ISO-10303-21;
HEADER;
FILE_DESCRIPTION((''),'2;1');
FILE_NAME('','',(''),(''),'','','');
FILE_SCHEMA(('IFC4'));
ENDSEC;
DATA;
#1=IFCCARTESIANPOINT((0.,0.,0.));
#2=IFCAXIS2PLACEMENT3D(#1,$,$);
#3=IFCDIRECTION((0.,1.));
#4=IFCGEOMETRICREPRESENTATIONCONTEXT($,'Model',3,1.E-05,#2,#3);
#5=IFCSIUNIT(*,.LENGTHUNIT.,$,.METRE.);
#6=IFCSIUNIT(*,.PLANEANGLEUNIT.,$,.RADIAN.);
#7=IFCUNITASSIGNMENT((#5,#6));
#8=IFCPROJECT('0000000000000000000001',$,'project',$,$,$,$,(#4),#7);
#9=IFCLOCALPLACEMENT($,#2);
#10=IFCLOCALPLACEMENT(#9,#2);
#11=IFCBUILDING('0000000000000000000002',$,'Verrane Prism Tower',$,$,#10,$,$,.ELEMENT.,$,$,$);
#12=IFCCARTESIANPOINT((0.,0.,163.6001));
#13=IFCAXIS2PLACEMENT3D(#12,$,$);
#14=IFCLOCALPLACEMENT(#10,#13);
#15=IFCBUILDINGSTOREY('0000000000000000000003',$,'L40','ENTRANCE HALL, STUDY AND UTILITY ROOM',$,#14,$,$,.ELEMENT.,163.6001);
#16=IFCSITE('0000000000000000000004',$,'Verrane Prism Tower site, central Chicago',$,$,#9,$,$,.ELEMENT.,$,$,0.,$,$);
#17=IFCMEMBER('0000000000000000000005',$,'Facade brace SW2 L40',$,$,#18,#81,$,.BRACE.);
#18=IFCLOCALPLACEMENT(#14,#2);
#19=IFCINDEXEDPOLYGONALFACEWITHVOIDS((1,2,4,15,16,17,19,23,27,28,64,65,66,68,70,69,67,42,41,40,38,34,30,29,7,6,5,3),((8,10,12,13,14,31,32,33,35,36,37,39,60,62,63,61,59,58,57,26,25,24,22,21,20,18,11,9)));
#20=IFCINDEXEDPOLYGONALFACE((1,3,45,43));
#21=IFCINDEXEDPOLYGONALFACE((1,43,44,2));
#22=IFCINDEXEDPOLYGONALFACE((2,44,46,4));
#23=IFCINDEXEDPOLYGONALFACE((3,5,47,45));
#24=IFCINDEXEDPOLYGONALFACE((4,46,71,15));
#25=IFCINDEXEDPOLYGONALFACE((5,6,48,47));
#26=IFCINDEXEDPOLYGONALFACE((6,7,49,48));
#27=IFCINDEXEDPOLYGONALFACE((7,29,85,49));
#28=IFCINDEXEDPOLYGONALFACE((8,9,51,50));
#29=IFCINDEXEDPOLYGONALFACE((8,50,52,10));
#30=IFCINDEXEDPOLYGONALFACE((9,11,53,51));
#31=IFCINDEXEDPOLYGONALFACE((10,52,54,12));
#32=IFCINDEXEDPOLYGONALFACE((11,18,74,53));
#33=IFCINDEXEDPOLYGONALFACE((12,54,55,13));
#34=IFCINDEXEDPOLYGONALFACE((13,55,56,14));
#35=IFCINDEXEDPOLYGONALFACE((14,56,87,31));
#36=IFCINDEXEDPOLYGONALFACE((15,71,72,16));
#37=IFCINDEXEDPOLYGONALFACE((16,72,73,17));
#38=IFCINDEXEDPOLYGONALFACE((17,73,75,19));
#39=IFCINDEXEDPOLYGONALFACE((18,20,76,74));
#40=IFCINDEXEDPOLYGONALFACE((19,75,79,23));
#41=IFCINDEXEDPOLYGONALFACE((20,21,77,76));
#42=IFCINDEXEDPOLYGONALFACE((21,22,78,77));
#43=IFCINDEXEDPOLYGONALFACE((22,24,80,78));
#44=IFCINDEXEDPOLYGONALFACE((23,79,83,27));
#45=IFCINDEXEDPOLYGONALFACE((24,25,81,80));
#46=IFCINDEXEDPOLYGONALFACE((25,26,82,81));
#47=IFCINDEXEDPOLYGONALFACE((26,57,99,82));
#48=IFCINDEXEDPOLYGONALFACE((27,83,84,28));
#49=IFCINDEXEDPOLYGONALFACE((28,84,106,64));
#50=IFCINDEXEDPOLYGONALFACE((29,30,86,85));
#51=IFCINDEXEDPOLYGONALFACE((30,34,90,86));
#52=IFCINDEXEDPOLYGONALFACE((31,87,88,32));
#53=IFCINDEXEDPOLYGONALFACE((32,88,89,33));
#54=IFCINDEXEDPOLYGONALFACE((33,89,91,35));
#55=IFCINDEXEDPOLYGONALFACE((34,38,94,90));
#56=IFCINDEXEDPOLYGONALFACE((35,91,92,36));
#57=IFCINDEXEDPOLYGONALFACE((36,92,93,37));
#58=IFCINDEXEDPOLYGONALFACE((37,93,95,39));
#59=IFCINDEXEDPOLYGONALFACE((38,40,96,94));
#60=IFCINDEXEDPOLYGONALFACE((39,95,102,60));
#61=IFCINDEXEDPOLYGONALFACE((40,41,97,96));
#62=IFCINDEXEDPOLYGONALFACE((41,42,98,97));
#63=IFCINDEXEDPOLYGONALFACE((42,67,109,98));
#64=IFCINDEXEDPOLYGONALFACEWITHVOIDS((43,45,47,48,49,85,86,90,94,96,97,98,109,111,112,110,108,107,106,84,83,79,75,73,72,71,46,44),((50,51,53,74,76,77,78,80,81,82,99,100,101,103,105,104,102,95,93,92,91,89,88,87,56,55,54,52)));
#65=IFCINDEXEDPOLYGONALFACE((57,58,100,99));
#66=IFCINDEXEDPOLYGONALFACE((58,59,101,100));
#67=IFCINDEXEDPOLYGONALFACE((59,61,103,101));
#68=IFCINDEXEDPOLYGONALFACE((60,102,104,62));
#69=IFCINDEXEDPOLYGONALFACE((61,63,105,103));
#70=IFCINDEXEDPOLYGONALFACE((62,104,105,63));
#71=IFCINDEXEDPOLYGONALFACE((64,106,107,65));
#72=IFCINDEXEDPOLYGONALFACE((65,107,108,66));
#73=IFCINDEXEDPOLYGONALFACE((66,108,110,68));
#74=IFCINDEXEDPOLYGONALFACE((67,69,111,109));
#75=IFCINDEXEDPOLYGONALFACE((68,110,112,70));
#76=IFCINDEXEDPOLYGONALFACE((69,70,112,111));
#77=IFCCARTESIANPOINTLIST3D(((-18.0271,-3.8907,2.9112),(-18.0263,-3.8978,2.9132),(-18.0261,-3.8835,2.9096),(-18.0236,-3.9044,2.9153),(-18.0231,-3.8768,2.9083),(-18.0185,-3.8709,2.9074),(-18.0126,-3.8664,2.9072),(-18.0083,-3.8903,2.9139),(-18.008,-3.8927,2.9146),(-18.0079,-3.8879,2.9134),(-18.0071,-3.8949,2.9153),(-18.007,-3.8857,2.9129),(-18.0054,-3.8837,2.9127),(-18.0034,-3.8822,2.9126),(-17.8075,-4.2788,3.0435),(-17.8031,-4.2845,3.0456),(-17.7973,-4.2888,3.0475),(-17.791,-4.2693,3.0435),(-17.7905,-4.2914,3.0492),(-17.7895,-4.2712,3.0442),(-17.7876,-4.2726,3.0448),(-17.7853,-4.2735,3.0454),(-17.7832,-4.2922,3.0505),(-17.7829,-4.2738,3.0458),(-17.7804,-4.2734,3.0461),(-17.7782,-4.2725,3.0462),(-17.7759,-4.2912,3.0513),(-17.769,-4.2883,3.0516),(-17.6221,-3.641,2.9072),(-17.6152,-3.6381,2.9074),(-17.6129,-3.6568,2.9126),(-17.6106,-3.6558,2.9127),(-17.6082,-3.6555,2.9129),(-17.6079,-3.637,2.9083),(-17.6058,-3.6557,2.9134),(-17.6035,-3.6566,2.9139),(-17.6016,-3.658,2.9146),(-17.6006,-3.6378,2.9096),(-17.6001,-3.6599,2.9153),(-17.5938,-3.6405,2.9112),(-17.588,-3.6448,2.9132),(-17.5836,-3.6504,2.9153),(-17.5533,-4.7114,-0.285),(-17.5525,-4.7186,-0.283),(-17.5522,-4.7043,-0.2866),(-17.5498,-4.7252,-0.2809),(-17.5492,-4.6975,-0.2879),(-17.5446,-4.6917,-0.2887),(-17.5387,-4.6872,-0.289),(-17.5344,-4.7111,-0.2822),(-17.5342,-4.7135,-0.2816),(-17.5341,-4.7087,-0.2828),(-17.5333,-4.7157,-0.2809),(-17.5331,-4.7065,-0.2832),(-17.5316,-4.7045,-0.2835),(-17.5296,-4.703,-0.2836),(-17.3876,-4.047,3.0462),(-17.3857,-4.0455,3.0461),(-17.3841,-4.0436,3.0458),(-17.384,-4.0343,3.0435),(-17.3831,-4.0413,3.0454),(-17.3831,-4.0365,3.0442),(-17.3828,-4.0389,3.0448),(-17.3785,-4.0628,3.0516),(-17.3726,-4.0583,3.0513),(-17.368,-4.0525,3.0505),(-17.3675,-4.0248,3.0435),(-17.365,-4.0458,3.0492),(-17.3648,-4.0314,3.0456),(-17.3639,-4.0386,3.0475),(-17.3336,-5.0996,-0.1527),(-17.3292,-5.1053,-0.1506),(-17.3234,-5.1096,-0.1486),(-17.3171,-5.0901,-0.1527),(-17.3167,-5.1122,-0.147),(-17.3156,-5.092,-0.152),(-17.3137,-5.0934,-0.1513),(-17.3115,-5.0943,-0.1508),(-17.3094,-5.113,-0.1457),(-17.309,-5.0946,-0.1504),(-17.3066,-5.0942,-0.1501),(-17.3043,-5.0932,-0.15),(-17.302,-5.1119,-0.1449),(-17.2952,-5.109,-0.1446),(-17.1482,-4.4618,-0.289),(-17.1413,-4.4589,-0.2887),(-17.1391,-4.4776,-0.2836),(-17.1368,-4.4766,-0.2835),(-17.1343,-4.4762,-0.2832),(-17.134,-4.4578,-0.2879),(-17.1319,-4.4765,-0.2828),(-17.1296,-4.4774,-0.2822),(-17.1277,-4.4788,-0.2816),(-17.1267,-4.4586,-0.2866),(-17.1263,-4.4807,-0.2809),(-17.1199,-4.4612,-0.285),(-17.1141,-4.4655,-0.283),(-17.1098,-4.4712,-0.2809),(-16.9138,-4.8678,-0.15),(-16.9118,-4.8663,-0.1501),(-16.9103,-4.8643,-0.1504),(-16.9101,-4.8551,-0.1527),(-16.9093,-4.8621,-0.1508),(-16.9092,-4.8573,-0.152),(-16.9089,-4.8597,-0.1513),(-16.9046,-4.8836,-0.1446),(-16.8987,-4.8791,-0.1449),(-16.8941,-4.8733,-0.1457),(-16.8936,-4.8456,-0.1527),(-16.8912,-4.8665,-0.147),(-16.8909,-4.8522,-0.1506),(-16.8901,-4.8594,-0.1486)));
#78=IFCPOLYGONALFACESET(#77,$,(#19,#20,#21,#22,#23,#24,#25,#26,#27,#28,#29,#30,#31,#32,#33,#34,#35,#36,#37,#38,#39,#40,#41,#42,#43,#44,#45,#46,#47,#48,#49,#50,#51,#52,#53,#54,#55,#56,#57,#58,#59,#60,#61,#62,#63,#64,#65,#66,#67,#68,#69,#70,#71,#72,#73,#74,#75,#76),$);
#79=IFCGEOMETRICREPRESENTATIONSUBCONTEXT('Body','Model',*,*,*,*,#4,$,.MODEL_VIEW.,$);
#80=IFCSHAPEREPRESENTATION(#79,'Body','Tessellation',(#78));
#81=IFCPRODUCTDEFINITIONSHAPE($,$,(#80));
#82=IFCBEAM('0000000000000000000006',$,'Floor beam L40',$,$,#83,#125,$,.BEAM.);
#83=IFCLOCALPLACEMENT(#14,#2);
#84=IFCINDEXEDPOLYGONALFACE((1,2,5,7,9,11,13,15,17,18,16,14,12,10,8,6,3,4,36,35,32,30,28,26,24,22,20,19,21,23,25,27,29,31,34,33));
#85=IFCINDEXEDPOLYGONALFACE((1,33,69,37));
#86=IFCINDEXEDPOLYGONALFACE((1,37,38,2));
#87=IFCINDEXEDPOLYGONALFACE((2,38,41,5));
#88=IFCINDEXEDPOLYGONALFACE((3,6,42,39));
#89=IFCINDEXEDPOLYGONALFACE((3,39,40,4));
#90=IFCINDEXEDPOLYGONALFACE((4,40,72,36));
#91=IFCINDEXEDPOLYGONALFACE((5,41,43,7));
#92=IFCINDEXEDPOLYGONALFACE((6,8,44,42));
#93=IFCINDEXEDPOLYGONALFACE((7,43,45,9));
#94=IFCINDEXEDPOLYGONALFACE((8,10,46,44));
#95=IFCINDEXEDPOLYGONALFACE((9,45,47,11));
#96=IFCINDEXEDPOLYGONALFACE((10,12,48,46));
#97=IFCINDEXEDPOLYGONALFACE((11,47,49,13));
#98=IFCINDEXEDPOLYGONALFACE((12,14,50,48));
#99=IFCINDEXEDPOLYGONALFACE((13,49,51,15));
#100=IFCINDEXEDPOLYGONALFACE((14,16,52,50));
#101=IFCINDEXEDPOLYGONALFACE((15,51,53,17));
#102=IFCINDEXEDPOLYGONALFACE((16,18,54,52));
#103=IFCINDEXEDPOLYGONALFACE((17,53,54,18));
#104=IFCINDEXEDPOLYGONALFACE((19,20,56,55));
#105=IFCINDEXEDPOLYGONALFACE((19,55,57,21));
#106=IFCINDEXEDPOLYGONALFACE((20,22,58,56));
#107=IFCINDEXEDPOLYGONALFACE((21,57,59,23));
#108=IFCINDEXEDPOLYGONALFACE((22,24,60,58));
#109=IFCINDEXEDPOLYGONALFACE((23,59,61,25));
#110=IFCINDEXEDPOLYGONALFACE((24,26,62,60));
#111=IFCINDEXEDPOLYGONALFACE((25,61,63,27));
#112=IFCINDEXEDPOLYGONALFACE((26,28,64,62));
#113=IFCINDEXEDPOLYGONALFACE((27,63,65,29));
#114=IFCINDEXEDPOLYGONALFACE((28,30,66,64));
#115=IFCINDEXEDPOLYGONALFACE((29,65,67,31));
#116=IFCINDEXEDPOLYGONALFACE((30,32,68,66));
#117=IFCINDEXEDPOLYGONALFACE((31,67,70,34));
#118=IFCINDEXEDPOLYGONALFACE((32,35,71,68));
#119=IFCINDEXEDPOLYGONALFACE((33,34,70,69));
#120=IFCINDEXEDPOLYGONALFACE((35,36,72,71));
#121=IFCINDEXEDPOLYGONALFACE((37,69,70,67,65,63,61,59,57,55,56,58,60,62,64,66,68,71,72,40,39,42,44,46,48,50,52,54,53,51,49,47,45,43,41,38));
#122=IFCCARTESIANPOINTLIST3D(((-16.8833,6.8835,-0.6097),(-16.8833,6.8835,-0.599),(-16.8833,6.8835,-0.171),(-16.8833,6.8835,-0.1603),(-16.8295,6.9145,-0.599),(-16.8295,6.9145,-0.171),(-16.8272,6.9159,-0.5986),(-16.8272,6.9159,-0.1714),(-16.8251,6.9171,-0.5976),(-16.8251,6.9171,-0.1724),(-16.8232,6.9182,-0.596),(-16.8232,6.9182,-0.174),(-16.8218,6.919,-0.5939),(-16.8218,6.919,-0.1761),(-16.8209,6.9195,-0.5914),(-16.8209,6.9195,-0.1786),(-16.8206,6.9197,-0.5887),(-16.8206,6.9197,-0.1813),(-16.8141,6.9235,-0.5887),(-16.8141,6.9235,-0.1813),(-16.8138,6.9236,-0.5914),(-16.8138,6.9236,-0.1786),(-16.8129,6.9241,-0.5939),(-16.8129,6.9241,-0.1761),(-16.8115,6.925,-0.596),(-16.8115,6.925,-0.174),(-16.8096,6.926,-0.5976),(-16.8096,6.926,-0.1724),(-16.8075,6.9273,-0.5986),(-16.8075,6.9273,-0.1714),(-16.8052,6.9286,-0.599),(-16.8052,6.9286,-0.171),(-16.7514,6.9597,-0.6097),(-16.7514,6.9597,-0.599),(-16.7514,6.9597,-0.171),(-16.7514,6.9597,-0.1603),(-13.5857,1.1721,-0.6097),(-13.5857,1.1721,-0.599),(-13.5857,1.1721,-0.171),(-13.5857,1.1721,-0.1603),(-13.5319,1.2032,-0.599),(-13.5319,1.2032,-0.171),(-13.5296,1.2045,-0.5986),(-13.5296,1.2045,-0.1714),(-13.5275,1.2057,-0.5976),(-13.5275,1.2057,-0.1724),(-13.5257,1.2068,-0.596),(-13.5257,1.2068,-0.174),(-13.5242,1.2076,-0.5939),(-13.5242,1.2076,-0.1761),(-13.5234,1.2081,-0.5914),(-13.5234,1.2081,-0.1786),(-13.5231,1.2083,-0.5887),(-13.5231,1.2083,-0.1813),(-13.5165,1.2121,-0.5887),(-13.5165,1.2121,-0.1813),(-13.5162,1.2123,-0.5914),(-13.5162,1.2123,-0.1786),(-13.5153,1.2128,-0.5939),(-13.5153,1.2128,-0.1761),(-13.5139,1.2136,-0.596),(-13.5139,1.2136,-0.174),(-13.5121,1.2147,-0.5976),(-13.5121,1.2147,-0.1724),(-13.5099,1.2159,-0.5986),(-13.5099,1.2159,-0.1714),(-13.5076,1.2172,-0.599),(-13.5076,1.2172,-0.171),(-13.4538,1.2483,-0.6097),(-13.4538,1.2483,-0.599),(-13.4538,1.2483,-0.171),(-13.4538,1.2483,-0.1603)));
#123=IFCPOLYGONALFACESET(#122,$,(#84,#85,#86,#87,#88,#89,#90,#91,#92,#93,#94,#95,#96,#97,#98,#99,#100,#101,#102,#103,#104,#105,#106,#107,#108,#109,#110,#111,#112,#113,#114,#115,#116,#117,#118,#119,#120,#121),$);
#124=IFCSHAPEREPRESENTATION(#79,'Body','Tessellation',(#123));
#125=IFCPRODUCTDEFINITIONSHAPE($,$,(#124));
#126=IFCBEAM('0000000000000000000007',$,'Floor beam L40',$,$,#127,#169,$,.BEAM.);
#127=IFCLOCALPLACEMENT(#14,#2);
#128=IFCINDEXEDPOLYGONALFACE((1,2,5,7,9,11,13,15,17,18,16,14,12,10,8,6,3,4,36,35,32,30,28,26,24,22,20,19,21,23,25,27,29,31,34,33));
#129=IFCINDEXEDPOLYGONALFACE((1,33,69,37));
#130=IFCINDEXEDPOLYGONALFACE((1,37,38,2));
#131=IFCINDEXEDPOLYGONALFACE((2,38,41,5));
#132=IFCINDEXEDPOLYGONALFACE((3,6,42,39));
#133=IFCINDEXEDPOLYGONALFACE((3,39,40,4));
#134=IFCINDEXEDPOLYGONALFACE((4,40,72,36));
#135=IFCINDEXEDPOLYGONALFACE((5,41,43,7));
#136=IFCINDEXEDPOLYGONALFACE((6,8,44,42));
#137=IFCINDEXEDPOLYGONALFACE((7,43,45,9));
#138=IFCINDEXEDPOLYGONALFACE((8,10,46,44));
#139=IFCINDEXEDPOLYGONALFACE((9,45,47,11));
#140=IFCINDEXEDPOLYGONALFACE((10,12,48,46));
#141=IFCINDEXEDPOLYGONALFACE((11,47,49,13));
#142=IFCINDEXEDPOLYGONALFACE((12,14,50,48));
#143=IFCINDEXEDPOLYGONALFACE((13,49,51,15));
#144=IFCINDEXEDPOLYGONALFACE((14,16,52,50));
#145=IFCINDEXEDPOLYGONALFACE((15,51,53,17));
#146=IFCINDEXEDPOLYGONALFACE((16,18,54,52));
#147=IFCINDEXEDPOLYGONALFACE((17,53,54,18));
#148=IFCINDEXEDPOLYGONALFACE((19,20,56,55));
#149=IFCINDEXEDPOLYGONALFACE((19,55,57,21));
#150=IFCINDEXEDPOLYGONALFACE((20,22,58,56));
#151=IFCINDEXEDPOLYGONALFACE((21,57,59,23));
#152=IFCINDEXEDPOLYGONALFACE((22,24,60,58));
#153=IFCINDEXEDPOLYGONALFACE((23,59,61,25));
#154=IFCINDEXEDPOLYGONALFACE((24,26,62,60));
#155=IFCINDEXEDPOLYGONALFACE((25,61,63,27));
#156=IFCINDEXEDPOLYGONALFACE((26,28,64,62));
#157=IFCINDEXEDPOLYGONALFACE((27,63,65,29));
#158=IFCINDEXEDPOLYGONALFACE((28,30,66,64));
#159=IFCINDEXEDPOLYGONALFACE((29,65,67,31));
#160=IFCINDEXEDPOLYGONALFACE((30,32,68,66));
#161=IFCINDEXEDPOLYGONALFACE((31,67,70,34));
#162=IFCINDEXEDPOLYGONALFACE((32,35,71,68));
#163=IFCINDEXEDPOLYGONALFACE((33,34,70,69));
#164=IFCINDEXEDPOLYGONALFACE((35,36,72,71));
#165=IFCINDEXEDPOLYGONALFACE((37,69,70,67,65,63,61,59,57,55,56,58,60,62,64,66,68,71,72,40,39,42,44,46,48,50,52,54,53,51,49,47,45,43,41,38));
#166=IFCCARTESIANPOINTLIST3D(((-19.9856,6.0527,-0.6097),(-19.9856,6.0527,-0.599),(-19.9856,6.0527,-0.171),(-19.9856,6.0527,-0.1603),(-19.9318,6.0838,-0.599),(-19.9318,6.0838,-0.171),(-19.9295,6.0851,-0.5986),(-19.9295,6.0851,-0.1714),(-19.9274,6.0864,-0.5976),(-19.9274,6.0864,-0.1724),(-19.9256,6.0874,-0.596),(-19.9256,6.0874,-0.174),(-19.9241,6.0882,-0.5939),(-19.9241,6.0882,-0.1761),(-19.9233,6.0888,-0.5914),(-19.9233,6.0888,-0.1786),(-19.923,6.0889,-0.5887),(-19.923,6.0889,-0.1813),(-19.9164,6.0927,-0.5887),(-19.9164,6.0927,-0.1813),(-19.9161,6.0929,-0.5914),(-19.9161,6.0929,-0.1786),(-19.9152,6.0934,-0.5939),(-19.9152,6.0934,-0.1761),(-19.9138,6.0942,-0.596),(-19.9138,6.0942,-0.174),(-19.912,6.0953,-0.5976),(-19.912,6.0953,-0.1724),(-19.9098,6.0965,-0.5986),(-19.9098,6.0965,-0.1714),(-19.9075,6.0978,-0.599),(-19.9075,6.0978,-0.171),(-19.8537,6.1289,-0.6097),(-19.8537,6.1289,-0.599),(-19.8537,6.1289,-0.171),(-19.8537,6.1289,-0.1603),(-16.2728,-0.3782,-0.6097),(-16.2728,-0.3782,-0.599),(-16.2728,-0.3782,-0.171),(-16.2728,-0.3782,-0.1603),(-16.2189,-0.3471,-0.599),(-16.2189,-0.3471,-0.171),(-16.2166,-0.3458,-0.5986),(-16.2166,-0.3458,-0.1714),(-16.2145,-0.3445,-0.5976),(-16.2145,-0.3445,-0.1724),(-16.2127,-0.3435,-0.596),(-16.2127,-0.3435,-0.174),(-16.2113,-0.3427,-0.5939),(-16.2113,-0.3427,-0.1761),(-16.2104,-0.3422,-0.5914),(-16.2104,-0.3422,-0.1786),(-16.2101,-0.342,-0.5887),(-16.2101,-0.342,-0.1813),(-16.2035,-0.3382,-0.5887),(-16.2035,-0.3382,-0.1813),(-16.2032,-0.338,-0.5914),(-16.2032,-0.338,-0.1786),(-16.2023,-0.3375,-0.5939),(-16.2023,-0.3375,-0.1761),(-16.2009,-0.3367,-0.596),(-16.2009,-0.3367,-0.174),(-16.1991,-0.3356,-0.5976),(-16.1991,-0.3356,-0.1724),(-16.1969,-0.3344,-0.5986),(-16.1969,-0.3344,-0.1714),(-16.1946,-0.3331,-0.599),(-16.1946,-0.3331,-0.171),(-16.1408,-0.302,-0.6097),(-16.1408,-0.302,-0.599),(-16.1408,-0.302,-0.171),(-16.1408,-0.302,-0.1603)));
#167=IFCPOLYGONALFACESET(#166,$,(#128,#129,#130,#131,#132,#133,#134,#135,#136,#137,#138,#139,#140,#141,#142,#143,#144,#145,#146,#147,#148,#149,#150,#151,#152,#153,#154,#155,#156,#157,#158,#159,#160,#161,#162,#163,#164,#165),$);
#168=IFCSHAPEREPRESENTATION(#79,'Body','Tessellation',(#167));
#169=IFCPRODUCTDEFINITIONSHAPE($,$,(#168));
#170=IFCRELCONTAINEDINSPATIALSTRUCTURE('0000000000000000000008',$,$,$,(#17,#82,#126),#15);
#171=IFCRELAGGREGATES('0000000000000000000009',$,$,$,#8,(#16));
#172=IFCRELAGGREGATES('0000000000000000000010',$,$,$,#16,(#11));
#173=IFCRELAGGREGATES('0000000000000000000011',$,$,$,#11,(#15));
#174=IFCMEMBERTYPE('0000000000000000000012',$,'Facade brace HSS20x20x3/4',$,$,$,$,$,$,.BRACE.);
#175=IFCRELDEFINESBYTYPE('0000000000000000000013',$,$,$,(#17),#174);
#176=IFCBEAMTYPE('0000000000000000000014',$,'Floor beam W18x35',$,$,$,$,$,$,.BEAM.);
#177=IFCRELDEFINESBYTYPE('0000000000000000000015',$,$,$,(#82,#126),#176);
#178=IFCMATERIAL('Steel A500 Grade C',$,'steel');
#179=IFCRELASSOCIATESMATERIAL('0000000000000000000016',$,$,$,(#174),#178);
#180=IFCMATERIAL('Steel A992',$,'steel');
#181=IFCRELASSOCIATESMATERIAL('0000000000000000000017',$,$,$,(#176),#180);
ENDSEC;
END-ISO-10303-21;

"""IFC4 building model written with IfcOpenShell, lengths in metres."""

from ifc_helpers import new_model, si_unit, direction, frame, origin, origin_2d, place, context, subcontext, project, spatial, hollow_rectangle, i_section, extrude, material, material_profile, profile_set, type_object, element, save


model = new_model("IFC4")

# Units and contexts
model_context = context("Model", 3, precision=1e-05, world=origin(), true_north=direction((0.0, 1.0)))
body_context = subcontext(model_context, "Body", "Model", "MODEL_VIEW")
ifc_project = project(units=[si_unit("LENGTHUNIT", "METRE"), si_unit("PLANEANGLEUNIT", "RADIAN")], contexts=[model_context])

# Site, building, storey
site_placement = place(None, origin())
site = spatial("IfcSite", under=ifc_project, at=site_placement, Name="Verrane Prism Tower site, central Chicago", CompositionType="ELEMENT", RefElevation=0.0)
building_placement = place(site_placement, origin())
building = spatial("IfcBuilding", under=site, at=building_placement, Name="Verrane Prism Tower", CompositionType="ELEMENT")
storey_placement = place(building_placement, frame((0.0, 0.0, 163.6001)))
storey = spatial("IfcBuildingStorey", under=building, at=storey_placement, Name="L40", Description="ENTRANCE HALL, STUDY AND UTILITY ROOM", CompositionType="ELEMENT", Elevation=163.6001)

# Member
ifc_material_1 = material(Name="Steel A500 Grade C", Category="steel")
ifc_material_profile_1 = material_profile(ifc_material_1, hollow_rectangle(XDim=0.5081, YDim=0.5081, WallThickness=0.019, InnerFilletRadius=0.0095, OuterFilletRadius=0.0286, at=origin_2d()), Name="HSS20x20x3/4")
ifc_profile_set_1 = profile_set([ifc_material_profile_1], Name="Steel A500 Grade C")
member_type_1 = type_object("IfcMemberType", Name="Facade brace HSS20x20x3/4", PredefinedType="BRACE", material=ifc_profile_set_1)
for number, where, z_axis, x_axis, name in (
    (1, (-17.2217, -4.7854, -0.2168), (-0.142141, 0.246202, 0.958739), (-0.866031, -0.49999, 0.0), "Facade brace SW2 L40"),
):
    element("IfcMember", number, at=place(storey_placement, frame(where, z_axis=z_axis, x_axis=x_axis)), inside=storey, type_object=member_type_1, Name=name, PredefinedType="BRACE", context=body_context, shape_type="SweptSolid", body=[
        extrude(hollow_rectangle(XDim=0.5081, YDim=0.5081, WallThickness=0.019, InnerFilletRadius=0.0095, OuterFilletRadius=0.0286, at=origin_2d()), origin(), (0.0, 0.0, 1.0), 3.3337),
    ])

# Beams
ifc_material_2 = material(Name="Steel A992", Category="steel")
ifc_material_profile_2 = material_profile(ifc_material_2, i_section(OverallWidth=0.1523, OverallDepth=0.4495, WebThickness=0.0076, FlangeThickness=0.0107, FilletRadius=0.0103, at=origin_2d()), Name="W18x35")
ifc_profile_set_2 = profile_set([ifc_material_profile_2], Name="Steel A992")
beam_type_1 = type_object("IfcBeamType", Name="Floor beam W18x35", PredefinedType="BEAM", material=ifc_profile_set_2)
beam_1_placement = place(storey_placement, frame((-13.5198, 1.2102, -0.385), z_axis=(-0.500013, 0.866018, 0.0), x_axis=(-0.866018, -0.500013, 0.0)))
element("IfcBeam", 2, at=beam_1_placement, inside=storey, type_object=beam_type_1, Name="Floor beam L40", PredefinedType="BEAM", context=body_context, shape_type="SweptSolid", body=[
    extrude(i_section(OverallWidth=0.1523, OverallDepth=0.4495, WebThickness=0.0076, FlangeThickness=0.0107, FilletRadius=0.0103, at=origin_2d()), origin(), (0.0, 0.0, 1.0), 6.595),
])
beam_2_placement = place(storey_placement, frame((-16.2068, -0.3401, -0.385), z_axis=(-0.5, 0.866025, 0.0), x_axis=(-0.866025, -0.5, 0.0)))
element("IfcBeam", 3, at=beam_2_placement, inside=storey, type_object=beam_type_1, Name="Floor beam L40", PredefinedType="BEAM", context=body_context, shape_type="SweptSolid", body=[
    extrude(i_section(OverallWidth=0.1523, OverallDepth=0.4495, WebThickness=0.0076, FlangeThickness=0.0107, FilletRadius=0.0103, at=origin_2d()), origin(), (0.0, 0.0, 1.0), 7.4258),
])

save(model, "model.ifc")
